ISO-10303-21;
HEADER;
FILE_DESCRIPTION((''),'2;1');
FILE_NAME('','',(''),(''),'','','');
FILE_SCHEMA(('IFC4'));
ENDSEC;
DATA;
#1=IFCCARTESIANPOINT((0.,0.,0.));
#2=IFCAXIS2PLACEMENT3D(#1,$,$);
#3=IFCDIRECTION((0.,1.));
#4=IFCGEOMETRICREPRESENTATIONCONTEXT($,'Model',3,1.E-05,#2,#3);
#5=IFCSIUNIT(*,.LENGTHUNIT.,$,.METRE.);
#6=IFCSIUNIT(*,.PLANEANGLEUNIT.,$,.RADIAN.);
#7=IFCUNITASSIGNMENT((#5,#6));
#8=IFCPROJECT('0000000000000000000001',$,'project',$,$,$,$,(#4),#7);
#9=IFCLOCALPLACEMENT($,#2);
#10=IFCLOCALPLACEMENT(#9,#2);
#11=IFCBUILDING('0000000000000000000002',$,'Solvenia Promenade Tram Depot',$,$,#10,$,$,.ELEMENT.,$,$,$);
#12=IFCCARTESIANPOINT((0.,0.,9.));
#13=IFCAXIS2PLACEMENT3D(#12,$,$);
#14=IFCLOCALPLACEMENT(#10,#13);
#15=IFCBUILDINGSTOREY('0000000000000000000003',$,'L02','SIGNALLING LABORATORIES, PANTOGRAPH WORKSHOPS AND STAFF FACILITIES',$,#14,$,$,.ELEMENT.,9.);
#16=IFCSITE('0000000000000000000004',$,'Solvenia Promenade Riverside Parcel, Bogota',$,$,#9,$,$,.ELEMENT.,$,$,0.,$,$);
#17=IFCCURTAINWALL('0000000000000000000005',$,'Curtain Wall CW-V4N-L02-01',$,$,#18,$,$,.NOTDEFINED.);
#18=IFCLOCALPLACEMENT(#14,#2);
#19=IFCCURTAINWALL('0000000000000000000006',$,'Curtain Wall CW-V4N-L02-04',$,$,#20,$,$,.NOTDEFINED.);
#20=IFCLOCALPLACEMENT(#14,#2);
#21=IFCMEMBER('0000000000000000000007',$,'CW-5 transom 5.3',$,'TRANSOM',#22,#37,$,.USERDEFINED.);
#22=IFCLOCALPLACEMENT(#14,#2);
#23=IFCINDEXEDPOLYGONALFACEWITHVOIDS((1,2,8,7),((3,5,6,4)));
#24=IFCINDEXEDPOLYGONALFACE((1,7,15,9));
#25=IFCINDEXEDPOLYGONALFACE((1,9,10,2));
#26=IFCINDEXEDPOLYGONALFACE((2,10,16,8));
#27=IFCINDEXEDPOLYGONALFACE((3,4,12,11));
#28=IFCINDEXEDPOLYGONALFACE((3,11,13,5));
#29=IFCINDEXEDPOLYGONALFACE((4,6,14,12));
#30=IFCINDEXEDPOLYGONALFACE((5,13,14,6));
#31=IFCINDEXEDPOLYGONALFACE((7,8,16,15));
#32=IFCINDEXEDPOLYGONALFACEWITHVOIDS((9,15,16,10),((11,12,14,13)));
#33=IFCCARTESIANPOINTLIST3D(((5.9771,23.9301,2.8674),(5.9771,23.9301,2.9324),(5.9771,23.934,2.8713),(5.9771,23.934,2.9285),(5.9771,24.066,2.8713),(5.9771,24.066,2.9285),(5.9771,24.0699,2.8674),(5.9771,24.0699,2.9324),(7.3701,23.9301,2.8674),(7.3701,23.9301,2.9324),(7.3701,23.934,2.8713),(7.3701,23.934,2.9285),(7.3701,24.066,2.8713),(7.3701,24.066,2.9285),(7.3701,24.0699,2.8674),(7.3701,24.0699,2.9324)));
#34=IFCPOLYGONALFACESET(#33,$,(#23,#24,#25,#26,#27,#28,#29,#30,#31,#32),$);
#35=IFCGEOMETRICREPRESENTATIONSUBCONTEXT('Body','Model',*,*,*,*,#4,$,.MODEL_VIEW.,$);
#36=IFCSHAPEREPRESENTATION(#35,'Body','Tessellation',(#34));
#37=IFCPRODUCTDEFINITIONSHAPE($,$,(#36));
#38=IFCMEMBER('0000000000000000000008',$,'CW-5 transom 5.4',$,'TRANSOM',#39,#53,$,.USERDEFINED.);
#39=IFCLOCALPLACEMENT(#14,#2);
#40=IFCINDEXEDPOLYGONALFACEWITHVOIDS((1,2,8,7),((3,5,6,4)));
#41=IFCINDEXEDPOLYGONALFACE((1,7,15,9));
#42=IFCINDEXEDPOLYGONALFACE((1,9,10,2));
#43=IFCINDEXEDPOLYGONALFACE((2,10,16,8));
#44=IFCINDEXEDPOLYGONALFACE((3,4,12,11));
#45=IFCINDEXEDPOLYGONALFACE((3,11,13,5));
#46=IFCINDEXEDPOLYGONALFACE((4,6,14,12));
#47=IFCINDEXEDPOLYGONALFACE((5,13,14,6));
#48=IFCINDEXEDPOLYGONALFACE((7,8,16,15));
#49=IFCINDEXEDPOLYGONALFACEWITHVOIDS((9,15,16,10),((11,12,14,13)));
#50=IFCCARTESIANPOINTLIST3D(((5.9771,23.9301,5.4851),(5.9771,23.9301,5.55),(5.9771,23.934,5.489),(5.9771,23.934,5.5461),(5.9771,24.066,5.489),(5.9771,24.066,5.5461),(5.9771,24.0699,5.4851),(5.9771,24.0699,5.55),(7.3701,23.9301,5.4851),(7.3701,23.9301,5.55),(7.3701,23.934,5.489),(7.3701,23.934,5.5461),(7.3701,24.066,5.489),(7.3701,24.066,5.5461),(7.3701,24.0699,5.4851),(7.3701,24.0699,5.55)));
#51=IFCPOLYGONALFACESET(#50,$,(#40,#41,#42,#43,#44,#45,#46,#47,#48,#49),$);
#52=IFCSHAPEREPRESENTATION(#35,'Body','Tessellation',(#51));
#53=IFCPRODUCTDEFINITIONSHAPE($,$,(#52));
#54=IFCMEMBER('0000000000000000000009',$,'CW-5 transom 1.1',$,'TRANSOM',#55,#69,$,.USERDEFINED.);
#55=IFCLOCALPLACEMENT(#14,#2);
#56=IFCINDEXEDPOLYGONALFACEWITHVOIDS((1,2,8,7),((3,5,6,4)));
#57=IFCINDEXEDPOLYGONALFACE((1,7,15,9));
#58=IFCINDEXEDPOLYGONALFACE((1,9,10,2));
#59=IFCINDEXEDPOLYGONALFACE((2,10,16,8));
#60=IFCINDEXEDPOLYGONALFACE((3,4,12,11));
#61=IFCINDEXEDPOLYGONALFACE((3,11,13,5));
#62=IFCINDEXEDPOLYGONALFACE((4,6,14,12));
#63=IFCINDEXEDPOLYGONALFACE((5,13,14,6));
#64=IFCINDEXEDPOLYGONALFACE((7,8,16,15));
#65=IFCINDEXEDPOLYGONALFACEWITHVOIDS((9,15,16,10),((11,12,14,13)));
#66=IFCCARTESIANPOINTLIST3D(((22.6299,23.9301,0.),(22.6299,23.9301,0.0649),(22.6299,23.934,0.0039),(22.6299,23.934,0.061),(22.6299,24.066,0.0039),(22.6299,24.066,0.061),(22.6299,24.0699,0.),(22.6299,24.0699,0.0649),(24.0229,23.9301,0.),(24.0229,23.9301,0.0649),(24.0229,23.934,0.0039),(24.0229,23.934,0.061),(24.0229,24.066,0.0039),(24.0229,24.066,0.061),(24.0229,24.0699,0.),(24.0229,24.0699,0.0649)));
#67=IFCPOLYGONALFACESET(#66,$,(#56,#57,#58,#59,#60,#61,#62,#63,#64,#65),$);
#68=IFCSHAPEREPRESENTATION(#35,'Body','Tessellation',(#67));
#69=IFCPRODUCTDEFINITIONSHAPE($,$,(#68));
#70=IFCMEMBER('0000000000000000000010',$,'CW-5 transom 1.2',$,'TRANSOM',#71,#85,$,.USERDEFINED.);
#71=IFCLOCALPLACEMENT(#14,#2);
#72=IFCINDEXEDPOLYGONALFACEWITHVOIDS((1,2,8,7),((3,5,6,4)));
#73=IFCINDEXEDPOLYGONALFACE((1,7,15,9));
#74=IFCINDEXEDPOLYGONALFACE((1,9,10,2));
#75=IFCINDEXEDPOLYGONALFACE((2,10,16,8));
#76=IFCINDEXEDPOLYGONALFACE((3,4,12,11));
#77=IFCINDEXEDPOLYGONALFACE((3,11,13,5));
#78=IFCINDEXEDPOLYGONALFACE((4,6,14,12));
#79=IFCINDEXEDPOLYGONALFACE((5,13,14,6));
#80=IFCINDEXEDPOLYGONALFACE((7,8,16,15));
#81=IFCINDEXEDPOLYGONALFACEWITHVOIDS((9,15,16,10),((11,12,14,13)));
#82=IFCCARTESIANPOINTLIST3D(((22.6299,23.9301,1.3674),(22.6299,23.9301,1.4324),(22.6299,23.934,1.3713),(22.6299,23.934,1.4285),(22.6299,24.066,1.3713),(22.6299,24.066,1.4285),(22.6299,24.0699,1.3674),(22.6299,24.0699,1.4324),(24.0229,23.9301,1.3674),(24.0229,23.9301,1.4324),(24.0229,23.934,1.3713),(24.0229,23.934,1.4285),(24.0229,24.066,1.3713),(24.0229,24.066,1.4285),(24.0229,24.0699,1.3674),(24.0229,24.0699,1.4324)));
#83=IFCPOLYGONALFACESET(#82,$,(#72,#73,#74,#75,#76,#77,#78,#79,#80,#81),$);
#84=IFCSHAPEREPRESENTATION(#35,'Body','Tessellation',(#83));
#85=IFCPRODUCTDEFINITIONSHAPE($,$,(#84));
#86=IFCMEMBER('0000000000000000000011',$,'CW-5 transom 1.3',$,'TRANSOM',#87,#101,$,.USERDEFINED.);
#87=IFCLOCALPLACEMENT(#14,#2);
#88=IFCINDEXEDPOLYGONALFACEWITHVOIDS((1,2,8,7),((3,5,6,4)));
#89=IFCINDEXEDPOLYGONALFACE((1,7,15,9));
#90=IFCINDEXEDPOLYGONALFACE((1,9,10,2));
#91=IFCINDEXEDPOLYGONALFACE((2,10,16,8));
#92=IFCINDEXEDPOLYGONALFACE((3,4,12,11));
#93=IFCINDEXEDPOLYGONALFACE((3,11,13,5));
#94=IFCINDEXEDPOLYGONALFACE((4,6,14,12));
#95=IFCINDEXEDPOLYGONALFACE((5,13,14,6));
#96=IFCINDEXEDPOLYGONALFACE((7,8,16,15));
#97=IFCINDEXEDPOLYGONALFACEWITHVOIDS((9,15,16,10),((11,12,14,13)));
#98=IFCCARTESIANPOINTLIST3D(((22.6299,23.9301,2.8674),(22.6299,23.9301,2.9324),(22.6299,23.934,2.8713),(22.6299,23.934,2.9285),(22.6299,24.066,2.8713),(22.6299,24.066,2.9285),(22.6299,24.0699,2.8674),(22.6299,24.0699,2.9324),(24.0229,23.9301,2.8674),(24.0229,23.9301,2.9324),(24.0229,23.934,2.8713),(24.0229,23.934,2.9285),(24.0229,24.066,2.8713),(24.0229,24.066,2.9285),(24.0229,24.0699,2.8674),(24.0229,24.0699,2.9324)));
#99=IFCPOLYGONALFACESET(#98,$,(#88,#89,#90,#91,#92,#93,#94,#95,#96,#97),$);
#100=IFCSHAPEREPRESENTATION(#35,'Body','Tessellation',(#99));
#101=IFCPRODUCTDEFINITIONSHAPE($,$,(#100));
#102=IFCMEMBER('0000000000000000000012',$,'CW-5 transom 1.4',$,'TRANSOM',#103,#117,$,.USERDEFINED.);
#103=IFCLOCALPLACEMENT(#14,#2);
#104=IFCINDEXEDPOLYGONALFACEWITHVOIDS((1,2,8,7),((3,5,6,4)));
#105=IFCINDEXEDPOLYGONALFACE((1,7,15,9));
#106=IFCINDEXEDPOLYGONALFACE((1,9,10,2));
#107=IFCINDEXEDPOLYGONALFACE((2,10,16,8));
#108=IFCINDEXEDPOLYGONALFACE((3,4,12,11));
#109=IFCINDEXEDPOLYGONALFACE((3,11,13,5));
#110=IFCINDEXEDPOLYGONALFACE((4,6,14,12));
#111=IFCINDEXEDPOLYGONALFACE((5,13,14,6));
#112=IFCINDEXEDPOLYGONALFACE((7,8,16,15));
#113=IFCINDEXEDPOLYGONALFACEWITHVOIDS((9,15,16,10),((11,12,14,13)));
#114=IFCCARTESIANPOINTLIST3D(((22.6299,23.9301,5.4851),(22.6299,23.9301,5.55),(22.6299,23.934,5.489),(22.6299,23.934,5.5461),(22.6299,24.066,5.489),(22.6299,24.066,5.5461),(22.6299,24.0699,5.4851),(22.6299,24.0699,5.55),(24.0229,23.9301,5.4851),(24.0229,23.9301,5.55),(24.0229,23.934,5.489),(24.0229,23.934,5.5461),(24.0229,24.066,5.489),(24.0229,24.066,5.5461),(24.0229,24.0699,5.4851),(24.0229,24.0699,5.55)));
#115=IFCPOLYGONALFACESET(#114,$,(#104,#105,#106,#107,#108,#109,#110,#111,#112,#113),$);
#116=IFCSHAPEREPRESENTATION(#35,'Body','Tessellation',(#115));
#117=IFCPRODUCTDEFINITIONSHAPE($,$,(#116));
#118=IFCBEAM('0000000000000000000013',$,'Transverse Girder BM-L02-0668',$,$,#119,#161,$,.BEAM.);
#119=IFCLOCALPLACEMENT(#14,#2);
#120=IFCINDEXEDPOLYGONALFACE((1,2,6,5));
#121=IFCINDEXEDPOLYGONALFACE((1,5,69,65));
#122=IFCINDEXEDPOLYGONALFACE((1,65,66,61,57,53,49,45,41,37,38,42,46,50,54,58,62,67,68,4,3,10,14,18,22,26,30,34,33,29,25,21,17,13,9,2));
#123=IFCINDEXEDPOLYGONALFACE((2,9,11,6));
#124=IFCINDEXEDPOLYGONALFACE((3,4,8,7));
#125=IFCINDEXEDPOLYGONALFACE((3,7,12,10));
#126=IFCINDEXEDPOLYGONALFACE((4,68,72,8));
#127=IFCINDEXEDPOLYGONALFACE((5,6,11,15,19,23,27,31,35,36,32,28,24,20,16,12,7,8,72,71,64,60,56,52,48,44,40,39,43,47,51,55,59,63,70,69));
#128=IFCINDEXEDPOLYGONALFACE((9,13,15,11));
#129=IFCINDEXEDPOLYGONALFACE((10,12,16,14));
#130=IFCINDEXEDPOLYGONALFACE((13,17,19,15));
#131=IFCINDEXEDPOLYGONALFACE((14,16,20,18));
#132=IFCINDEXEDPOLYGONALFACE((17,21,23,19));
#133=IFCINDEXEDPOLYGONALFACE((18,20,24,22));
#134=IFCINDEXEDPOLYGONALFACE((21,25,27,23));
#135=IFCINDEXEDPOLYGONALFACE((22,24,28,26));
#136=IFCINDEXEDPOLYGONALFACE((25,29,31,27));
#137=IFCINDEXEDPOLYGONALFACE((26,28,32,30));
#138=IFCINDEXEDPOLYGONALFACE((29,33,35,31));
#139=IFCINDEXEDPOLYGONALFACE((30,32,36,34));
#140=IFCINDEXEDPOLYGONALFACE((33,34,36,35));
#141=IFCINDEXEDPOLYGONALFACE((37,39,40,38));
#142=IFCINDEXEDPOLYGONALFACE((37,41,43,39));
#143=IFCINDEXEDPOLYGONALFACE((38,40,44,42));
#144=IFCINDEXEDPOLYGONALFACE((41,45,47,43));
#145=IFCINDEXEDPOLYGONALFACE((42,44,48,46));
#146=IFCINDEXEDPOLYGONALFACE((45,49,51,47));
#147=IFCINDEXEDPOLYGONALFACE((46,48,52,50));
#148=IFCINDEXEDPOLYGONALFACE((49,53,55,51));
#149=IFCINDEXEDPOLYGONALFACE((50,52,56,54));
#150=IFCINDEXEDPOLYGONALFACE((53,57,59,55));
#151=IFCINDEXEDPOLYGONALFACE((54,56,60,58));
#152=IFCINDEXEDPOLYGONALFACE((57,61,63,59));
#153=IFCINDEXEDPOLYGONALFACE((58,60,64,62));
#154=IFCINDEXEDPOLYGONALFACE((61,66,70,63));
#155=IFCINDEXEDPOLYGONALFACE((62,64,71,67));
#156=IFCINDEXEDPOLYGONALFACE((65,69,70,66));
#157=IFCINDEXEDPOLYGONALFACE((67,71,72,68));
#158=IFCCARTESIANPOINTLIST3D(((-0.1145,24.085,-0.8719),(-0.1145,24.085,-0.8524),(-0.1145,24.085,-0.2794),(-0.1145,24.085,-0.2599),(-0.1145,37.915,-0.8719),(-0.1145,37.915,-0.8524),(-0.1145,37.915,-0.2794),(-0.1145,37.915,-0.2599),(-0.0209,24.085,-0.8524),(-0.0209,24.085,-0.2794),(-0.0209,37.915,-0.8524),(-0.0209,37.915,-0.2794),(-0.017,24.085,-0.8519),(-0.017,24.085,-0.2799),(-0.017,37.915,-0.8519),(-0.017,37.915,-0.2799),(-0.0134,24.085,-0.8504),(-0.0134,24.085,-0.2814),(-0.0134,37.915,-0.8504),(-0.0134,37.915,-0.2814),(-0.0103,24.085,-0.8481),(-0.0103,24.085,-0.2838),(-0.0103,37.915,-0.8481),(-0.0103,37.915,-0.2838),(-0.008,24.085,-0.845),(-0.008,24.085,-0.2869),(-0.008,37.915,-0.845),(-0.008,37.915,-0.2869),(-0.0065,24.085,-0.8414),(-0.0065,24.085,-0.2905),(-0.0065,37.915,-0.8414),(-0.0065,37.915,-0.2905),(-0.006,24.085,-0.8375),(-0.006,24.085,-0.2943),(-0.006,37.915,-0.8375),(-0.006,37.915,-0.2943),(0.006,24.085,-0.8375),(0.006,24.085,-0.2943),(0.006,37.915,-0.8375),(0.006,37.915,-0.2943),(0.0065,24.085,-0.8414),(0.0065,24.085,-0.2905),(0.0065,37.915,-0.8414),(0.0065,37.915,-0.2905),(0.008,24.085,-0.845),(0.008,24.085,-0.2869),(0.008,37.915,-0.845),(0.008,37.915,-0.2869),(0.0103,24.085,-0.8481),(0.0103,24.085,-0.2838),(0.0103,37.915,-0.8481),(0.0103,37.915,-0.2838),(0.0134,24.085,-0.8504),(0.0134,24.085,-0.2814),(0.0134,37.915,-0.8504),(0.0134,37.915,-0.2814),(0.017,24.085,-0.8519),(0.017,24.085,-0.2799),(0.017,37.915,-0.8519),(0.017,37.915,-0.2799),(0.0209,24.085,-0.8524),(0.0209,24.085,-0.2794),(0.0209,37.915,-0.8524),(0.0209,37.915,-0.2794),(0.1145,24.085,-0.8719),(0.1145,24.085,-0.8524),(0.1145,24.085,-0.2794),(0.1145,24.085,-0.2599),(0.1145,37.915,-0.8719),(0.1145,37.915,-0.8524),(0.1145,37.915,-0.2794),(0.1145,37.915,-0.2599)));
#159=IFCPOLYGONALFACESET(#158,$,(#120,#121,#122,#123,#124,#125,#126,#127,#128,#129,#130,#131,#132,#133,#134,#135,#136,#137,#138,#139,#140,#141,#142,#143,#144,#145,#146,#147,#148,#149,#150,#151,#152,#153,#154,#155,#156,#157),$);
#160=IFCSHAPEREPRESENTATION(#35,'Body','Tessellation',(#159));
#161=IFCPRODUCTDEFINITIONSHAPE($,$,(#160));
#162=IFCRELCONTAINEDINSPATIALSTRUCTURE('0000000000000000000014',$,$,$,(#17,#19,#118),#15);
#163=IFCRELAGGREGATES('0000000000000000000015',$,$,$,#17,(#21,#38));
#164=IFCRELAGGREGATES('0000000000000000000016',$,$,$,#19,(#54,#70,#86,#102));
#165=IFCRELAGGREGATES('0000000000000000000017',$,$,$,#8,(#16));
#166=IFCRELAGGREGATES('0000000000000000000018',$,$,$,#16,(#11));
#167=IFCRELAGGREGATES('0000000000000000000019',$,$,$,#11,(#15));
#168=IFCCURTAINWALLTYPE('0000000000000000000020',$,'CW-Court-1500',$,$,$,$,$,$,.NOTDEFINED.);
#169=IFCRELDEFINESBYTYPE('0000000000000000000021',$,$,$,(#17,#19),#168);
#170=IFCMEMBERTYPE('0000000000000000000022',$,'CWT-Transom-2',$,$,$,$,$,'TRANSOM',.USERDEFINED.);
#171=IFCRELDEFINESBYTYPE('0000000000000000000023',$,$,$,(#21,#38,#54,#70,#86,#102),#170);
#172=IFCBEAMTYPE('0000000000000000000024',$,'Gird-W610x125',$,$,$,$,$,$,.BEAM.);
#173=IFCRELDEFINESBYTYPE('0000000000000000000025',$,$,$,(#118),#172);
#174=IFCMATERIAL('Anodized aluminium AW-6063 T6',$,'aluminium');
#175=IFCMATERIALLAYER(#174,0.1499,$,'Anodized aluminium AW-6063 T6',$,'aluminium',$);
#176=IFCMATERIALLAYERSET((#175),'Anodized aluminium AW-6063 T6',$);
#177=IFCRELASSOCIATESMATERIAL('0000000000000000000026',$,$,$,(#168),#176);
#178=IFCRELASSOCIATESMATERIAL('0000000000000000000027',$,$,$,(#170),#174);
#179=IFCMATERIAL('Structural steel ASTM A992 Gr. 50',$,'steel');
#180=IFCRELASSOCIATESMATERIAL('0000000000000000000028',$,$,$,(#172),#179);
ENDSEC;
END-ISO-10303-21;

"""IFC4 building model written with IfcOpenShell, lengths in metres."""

from ifc_helpers import new_model, si_unit, direction, frame, origin, origin_2d, place, context, subcontext, project, spatial, hollow_rectangle, i_section, extrude, material, layer, layer_set, material_profile, profile_set, type_object, element, aggregate, save


model = new_model("IFC4")

# Units and contexts
model_context = context("Model", 3, precision=1e-05, world=origin(), true_north=direction((0.0, 1.0)))
body_context = subcontext(model_context, "Body", "Model", "MODEL_VIEW")
ifc_project = project(units=[si_unit("LENGTHUNIT", "METRE"), si_unit("PLANEANGLEUNIT", "RADIAN")], contexts=[model_context])

# Site, building, storey
site_placement = place(None, origin())
site = spatial("IfcSite", under=ifc_project, at=site_placement, Name="Solvenia Promenade Riverside Parcel, Bogota", CompositionType="ELEMENT", RefElevation=0.0)
building_placement = place(site_placement, origin())
building = spatial("IfcBuilding", under=site, at=building_placement, Name="Solvenia Promenade Tram Depot", CompositionType="ELEMENT")
storey_placement = place(building_placement, frame((0.0, 0.0, 9.0)))
storey = spatial("IfcBuildingStorey", under=building, at=storey_placement, Name="L02", Description="SIGNALLING LABORATORIES, PANTOGRAPH WORKSHOPS AND STAFF FACILITIES", CompositionType="ELEMENT", Elevation=9.0)

# Shared definitions
ifc_material_1 = material(Name="Structural steel ASTM A992 Gr. 50", Category="steel")

# Curtain walls
ifc_material_2 = material(Name="Anodized aluminium AW-6063 T6", Category="aluminium")
ifc_layer_1 = layer(ifc_material_2, 0.1499, Name="Anodized aluminium AW-6063 T6", Category="aluminium")
ifc_layer_set_1 = layer_set([ifc_layer_1], Name="Anodized aluminium AW-6063 T6")
curtain_wall_type = type_object("IfcCurtainWallType", Name="CW-Court-1500", PredefinedType="NOTDEFINED", material=ifc_layer_set_1)
curtain_wall_1_placement = place(storey_placement, origin())
curtain_wall_1 = element("IfcCurtainWall", 1, at=curtain_wall_1_placement, inside=storey, type_object=curtain_wall_type, Name="Curtain Wall CW-V4N-L02-01", PredefinedType="NOTDEFINED")
curtain_wall_2_placement = place(storey_placement, origin())
curtain_wall_2 = element("IfcCurtainWall", 2, at=curtain_wall_2_placement, inside=storey, type_object=curtain_wall_type, Name="Curtain Wall CW-V4N-L02-04", PredefinedType="NOTDEFINED")

# Members
ifc_material_profile_1 = material_profile(ifc_material_2, hollow_rectangle(XDim=0.1399, YDim=0.0649, WallThickness=0.0039, at=origin_2d()), Name="ALU-T2", Category="aluminium")
ifc_profile_set_1 = profile_set([ifc_material_profile_1], Name="Anodized aluminium AW-6063 T6")
member_type_1 = type_object("IfcMemberType", Name="CWT-Transom-2", ElementType="TRANSOM", PredefinedType="USERDEFINED", material=ifc_profile_set_1)
member_1_placement = place(storey_placement, frame((5.9771, 24.0, 2.8999), z_axis=(1.0, 0.0, 0.0), x_axis=(0.0, 1.0, 0.0)))
member_1 = element("IfcMember", 3, at=member_1_placement, type_object=member_type_1, Name="CW-5 transom 5.3", ObjectType="TRANSOM", PredefinedType="USERDEFINED", context=body_context, shape_type="SweptSolid", body=[
    extrude(hollow_rectangle(XDim=0.1399, YDim=0.0649, WallThickness=0.0039, at=origin_2d()), origin(), (0.0, 0.0, 1.0), 1.3931),
])
member_2_placement = place(storey_placement, frame((5.9771, 24.0, 5.5176), z_axis=(1.0, 0.0, 0.0), x_axis=(0.0, 1.0, 0.0)))
member_2 = element("IfcMember", 4, at=member_2_placement, type_object=member_type_1, Name="CW-5 transom 5.4", ObjectType="TRANSOM", PredefinedType="USERDEFINED", context=body_context, shape_type="SweptSolid", body=[
    extrude(hollow_rectangle(XDim=0.1399, YDim=0.0649, WallThickness=0.0039, at=origin_2d()), origin(), (0.0, 0.0, 1.0), 1.3931),
])
member_3_placement = place(storey_placement, frame((22.6299, 24.0, 0.0325), z_axis=(1.0, 0.0, 0.0), x_axis=(0.0, 1.0, 0.0)))
member_3 = element("IfcMember", 5, at=member_3_placement, type_object=member_type_1, Name="CW-5 transom 1.1", ObjectType="TRANSOM", PredefinedType="USERDEFINED", context=body_context, shape_type="SweptSolid", body=[
    extrude(hollow_rectangle(XDim=0.1399, YDim=0.0649, WallThickness=0.0039, at=origin_2d()), origin(), (0.0, 0.0, 1.0), 1.3931),
])
member_4_placement = place(storey_placement, frame((22.6299, 24.0, 1.3999), z_axis=(1.0, 0.0, 0.0), x_axis=(0.0, 1.0, 0.0)))
member_4 = element("IfcMember", 6, at=member_4_placement, type_object=member_type_1, Name="CW-5 transom 1.2", ObjectType="TRANSOM", PredefinedType="USERDEFINED", context=body_context, shape_type="SweptSolid", body=[
    extrude(hollow_rectangle(XDim=0.1399, YDim=0.0649, WallThickness=0.0039, at=origin_2d()), origin(), (0.0, 0.0, 1.0), 1.3931),
])
member_5_placement = place(storey_placement, frame((22.6299, 24.0, 2.8999), z_axis=(1.0, 0.0, 0.0), x_axis=(0.0, 1.0, 0.0)))
member_5 = element("IfcMember", 7, at=member_5_placement, type_object=member_type_1, Name="CW-5 transom 1.3", ObjectType="TRANSOM", PredefinedType="USERDEFINED", context=body_context, shape_type="SweptSolid", body=[
    extrude(hollow_rectangle(XDim=0.1399, YDim=0.0649, WallThickness=0.0039, at=origin_2d()), origin(), (0.0, 0.0, 1.0), 1.3931),
])
member_6_placement = place(storey_placement, frame((22.6299, 24.0, 5.5176), z_axis=(1.0, 0.0, 0.0), x_axis=(0.0, 1.0, 0.0)))
member_6 = element("IfcMember", 8, at=member_6_placement, type_object=member_type_1, Name="CW-5 transom 1.4", ObjectType="TRANSOM", PredefinedType="USERDEFINED", context=body_context, shape_type="SweptSolid", body=[
    extrude(hollow_rectangle(XDim=0.1399, YDim=0.0649, WallThickness=0.0039, at=origin_2d()), origin(), (0.0, 0.0, 1.0), 1.3931),
])

# Beam
ifc_material_profile_2 = material_profile(ifc_material_1, i_section(OverallWidth=0.229, OverallDepth=0.6121, WebThickness=0.012, FlangeThickness=0.0195, FilletRadius=0.0149, at=origin_2d()), Name="W610x125", Category="steel")
ifc_profile_set_2 = profile_set([ifc_material_profile_2], Name="Structural steel ASTM A992 Gr. 50")
beam_type_1 = type_object("IfcBeamType", Name="Gird-W610x125", PredefinedType="BEAM", material=ifc_profile_set_2)
for number, where, z_axis, x_axis, name in (
    (9, (0.0, 24.085, -0.5659), (0.0, 1.0, 0.0), (-1.0, 0.0, 0.0), "Transverse Girder BM-L02-0668"),
):
    element("IfcBeam", number, at=place(storey_placement, frame(where, z_axis=z_axis, x_axis=x_axis)), inside=storey, type_object=beam_type_1, Name=name, PredefinedType="BEAM", context=body_context, shape_type="SweptSolid", body=[
        extrude(i_section(OverallWidth=0.229, OverallDepth=0.6121, WebThickness=0.012, FlangeThickness=0.0195, FilletRadius=0.0149, at=origin_2d()), origin(), (0.0, 0.0, 1.0), 13.8301),
    ])

aggregate(curtain_wall_1, [member_1, member_2])
aggregate(curtain_wall_2, [member_3, member_4, member_5, member_6])

save(model, "model.ifc")
